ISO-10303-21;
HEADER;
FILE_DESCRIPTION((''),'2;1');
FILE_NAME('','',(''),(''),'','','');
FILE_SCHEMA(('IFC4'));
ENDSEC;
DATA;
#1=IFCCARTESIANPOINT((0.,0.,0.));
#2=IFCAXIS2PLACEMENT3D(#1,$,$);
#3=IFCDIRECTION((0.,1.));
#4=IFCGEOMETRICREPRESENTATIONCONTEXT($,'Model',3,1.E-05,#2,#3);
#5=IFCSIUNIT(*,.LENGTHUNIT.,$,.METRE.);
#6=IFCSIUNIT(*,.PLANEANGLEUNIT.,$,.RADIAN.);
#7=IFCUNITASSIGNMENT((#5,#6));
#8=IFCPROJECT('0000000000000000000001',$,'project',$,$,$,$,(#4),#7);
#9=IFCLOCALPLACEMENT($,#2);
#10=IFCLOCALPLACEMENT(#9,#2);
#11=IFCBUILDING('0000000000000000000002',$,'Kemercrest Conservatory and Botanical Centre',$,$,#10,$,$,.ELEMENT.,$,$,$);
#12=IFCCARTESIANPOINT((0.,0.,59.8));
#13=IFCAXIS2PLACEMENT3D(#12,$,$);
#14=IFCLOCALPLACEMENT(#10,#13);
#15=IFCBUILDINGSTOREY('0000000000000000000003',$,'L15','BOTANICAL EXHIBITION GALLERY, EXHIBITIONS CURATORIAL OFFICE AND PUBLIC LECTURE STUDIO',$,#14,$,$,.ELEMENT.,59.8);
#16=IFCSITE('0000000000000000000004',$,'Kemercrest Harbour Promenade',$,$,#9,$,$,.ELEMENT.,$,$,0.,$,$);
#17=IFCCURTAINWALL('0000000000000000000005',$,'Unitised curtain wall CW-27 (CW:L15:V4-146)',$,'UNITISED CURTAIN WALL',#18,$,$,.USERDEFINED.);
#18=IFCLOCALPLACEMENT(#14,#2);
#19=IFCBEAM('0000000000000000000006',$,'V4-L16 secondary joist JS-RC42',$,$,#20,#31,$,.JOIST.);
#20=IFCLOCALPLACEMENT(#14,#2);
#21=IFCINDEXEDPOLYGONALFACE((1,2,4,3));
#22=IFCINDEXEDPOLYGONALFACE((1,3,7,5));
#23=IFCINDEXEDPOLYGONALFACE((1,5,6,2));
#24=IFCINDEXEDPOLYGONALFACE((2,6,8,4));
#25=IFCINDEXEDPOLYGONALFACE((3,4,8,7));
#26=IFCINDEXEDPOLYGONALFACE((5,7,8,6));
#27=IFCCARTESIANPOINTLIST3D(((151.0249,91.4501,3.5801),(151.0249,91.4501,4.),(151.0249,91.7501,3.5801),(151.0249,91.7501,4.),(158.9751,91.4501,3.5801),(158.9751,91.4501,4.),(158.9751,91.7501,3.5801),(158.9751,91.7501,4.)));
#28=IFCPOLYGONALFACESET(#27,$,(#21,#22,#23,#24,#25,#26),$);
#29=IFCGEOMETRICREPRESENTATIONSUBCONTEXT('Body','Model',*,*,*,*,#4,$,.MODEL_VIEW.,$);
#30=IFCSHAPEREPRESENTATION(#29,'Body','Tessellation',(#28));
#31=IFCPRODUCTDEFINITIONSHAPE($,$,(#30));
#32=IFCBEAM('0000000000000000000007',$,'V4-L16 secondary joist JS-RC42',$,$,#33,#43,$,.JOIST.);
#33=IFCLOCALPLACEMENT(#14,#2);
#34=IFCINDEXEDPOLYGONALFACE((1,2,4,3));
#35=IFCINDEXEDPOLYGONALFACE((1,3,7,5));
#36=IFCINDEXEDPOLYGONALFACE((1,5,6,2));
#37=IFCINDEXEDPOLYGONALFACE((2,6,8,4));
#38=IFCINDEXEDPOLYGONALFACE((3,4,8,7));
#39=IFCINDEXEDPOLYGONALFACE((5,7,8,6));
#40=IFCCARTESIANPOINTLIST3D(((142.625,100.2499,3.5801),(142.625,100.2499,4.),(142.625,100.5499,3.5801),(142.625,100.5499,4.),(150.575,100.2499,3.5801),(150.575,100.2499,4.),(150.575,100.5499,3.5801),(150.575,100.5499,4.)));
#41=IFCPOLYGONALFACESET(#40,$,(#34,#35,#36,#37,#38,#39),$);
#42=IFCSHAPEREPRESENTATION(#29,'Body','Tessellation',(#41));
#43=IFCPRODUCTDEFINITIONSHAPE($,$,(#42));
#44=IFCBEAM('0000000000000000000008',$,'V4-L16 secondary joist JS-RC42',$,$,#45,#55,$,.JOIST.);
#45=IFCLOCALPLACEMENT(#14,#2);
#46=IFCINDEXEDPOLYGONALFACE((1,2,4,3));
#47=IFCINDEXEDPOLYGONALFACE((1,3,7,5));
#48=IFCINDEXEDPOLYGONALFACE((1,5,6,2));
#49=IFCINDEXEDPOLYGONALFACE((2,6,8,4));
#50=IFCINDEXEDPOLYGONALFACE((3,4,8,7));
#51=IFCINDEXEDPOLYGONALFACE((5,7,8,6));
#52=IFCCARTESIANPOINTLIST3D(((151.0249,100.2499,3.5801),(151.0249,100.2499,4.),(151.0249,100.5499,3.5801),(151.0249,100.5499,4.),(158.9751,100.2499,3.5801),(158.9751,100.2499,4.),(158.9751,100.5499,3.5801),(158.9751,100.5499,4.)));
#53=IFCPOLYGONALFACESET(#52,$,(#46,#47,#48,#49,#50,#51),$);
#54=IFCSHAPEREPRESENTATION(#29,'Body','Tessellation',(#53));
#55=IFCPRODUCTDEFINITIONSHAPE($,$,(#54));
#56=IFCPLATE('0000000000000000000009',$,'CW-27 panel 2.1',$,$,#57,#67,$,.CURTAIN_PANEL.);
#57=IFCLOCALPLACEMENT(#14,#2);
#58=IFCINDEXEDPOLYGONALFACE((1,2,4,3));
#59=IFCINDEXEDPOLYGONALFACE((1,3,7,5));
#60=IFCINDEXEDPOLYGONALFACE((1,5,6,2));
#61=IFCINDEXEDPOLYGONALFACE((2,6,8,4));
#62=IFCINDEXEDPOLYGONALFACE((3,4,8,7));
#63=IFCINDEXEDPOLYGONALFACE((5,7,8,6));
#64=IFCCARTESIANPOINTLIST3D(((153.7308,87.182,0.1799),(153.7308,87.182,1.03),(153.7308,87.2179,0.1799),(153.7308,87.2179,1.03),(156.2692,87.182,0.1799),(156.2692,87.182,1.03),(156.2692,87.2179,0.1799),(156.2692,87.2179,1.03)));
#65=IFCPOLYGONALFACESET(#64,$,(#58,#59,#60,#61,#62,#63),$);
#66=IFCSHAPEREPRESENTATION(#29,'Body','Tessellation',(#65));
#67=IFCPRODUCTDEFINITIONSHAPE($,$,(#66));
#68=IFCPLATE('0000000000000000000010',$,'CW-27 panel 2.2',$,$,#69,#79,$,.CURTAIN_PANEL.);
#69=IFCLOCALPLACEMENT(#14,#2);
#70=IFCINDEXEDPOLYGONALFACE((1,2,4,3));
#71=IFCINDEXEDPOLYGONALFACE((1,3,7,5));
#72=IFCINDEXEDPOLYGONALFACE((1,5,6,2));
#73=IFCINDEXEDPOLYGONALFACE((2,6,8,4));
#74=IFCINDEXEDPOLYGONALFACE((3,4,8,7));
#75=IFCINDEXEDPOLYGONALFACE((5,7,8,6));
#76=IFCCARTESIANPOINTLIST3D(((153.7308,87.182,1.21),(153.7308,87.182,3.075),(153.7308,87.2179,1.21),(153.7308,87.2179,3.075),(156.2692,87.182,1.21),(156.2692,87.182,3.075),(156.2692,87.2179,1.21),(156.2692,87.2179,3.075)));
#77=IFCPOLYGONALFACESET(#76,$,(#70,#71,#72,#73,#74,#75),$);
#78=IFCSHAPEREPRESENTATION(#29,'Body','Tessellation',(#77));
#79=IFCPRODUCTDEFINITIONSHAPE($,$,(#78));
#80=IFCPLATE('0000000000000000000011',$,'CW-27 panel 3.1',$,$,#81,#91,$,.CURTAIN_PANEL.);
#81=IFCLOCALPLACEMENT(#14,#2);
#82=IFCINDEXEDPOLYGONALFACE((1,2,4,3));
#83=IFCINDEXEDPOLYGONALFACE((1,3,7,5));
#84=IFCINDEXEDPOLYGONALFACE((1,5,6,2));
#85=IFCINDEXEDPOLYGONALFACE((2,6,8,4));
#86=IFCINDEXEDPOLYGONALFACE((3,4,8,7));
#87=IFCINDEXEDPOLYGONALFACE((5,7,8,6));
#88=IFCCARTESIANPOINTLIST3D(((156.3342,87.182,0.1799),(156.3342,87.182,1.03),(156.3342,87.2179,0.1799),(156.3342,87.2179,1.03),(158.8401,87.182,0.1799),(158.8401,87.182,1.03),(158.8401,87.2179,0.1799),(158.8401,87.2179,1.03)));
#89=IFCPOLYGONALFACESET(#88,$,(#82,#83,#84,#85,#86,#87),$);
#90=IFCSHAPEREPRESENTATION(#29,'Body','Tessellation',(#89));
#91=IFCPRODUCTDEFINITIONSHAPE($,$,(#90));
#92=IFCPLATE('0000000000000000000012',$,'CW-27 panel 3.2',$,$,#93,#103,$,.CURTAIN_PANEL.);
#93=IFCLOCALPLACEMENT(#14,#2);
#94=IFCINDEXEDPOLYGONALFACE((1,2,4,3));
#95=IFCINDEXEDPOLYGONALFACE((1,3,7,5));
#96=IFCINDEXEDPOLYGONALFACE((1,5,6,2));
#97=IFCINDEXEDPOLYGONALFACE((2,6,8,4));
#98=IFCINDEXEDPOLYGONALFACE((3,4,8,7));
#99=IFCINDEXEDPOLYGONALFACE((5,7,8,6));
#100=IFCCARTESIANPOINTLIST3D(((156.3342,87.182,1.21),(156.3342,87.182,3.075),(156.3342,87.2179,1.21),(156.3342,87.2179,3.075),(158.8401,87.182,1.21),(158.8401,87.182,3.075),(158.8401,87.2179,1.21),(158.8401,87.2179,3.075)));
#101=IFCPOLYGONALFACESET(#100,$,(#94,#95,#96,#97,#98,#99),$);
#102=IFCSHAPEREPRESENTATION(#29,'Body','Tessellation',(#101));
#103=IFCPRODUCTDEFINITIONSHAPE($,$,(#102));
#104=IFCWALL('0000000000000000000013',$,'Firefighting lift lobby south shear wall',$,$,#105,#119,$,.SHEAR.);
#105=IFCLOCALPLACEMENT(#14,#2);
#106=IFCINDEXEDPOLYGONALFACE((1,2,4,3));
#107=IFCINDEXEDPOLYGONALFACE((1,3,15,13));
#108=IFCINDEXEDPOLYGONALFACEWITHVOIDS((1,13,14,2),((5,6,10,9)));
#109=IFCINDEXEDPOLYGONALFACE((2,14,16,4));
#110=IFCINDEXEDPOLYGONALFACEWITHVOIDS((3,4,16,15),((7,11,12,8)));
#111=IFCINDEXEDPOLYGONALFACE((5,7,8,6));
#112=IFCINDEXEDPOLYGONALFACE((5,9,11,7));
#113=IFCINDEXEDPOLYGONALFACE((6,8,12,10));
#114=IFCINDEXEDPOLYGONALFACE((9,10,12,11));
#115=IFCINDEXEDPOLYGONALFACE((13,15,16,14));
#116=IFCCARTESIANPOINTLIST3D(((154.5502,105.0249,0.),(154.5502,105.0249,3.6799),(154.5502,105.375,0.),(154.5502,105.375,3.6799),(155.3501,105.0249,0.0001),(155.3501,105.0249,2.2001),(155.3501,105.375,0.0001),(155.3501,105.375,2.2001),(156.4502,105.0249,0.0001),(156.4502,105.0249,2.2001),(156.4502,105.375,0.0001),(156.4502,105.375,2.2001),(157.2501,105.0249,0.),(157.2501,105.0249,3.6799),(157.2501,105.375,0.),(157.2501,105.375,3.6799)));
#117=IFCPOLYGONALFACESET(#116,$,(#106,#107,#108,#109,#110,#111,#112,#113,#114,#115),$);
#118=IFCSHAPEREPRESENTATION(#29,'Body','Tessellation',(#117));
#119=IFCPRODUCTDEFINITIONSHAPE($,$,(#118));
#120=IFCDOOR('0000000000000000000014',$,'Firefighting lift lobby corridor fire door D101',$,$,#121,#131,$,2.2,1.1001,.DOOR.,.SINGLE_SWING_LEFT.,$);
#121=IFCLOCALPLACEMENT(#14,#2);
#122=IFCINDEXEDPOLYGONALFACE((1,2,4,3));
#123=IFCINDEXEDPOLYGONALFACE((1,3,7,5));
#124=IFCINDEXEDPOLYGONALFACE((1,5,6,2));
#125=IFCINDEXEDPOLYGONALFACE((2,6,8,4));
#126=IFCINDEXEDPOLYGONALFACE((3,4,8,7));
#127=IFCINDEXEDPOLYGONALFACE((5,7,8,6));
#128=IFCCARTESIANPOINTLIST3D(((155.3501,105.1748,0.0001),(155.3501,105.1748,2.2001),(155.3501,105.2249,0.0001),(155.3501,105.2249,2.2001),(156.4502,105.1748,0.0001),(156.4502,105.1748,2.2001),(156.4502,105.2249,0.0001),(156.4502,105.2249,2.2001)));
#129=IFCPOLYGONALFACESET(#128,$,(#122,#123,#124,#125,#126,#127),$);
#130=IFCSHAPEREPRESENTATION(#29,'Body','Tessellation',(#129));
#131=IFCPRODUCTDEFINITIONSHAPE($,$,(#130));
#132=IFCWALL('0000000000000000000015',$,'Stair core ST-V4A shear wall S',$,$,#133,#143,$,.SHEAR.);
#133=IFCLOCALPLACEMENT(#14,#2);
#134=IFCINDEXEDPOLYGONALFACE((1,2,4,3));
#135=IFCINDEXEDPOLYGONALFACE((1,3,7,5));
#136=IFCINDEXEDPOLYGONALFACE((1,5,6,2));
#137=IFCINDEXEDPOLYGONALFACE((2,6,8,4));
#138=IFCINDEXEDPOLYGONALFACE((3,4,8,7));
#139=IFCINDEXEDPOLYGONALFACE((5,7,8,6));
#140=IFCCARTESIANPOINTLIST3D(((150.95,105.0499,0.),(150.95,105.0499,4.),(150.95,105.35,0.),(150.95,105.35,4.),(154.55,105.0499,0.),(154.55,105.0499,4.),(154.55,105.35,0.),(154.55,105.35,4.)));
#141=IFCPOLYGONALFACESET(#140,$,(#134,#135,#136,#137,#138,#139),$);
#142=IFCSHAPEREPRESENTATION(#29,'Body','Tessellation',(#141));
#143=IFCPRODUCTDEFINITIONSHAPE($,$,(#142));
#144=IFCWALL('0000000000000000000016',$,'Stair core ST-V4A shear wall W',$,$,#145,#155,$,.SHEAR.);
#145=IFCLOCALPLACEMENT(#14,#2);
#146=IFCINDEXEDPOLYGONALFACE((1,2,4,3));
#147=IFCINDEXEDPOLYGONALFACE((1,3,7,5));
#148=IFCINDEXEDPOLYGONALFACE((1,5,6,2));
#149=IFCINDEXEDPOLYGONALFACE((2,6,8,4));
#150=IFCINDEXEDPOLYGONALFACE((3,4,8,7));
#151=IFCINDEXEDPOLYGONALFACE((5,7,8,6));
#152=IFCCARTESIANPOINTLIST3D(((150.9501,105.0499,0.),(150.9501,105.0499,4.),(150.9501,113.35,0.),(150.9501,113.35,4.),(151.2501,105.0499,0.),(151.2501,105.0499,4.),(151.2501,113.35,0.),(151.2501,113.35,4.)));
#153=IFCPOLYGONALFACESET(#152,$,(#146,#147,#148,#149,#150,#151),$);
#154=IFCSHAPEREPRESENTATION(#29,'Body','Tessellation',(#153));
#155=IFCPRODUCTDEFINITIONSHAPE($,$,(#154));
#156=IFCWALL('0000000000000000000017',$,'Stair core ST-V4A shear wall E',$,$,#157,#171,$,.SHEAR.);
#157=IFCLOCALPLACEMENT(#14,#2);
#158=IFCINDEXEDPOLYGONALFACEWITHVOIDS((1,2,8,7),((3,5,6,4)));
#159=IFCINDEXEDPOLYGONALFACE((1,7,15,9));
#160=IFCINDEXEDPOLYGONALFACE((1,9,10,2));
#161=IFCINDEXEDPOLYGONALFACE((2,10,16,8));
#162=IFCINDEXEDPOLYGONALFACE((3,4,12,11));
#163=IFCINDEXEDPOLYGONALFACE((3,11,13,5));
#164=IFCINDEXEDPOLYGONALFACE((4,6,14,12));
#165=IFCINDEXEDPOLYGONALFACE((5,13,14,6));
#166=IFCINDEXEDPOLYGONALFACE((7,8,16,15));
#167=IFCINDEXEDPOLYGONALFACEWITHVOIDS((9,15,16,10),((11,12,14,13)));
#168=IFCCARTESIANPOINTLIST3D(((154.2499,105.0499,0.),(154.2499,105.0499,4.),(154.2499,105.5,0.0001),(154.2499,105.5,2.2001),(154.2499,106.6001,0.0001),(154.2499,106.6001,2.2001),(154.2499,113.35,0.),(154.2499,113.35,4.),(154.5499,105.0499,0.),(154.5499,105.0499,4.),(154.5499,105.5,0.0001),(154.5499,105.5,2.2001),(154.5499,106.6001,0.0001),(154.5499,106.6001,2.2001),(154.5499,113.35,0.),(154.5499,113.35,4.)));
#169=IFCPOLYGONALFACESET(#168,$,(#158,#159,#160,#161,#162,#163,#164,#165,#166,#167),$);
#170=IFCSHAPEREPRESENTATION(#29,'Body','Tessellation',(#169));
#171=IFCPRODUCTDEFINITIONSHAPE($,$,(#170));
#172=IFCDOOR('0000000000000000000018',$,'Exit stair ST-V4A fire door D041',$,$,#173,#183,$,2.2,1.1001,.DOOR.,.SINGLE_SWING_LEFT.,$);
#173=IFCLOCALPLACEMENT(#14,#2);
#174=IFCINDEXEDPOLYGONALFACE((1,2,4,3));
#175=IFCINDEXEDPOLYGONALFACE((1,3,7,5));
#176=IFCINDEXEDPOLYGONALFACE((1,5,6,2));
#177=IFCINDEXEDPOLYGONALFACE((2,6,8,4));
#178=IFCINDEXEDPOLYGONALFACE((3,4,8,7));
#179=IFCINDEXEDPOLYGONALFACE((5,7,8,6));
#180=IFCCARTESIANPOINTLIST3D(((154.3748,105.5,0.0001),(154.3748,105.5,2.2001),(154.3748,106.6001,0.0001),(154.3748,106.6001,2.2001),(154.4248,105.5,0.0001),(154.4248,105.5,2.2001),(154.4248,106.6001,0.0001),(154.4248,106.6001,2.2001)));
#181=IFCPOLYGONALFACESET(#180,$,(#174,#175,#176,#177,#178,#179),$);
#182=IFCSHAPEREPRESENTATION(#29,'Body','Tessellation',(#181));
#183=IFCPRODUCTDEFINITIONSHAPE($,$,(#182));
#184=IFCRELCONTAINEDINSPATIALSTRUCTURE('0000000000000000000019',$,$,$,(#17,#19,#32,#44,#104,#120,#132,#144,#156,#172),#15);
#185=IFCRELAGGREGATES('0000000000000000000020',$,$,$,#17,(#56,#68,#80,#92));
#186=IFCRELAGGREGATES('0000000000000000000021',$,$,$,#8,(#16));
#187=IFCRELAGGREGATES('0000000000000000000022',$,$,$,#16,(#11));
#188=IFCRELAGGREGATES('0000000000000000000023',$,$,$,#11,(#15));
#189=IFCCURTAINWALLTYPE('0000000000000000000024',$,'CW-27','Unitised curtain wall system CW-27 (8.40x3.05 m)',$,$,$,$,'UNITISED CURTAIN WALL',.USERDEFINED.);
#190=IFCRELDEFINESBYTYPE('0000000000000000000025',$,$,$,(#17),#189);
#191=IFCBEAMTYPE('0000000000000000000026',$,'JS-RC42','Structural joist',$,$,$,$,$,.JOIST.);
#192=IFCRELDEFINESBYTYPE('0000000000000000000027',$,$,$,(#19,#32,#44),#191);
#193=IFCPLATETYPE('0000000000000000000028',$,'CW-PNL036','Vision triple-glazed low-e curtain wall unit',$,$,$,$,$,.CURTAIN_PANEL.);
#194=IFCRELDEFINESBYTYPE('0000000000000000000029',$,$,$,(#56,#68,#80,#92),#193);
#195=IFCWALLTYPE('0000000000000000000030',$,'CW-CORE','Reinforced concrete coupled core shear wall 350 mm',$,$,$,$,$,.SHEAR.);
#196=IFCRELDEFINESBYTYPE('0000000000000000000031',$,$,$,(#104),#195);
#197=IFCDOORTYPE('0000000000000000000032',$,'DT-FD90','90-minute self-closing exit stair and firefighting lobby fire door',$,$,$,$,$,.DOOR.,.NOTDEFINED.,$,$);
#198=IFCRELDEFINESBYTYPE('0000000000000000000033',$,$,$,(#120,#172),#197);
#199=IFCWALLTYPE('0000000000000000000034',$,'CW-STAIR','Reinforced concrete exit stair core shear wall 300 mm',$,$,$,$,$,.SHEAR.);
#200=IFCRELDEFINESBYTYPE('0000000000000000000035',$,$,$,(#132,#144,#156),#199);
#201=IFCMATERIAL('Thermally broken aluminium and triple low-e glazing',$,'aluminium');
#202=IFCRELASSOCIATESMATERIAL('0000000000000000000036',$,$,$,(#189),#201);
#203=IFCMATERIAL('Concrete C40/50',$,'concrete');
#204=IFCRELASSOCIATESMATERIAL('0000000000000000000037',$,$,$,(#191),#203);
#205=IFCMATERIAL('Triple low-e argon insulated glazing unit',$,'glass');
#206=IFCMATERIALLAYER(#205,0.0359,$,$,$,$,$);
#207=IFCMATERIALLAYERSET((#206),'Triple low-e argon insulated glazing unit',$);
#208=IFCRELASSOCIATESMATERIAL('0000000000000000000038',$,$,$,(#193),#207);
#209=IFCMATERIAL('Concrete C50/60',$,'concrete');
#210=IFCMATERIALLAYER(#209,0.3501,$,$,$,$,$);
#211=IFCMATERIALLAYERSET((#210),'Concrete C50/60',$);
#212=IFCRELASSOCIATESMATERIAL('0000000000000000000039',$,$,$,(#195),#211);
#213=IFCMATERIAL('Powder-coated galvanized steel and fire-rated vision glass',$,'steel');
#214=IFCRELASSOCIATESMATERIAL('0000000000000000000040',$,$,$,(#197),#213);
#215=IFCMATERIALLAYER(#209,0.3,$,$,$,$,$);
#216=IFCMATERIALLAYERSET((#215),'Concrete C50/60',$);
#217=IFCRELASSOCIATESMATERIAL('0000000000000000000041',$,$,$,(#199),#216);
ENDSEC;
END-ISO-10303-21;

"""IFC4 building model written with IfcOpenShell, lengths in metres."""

from ifc_helpers import new_model, si_unit, direction, frame, frame_2d, origin, origin_2d, place, context, subcontext, project, spatial, rectangle, extrude, material, layer, layer_set, material_profile, profile_set, type_object, element, fill, aggregate, save


model = new_model("IFC4")

# Units and contexts
model_context = context("Model", 3, precision=1e-05, world=origin(), true_north=direction((0.0, 1.0)))
body_context = subcontext(model_context, "Body", "Model", "MODEL_VIEW")
ifc_project = project(units=[si_unit("LENGTHUNIT", "METRE"), si_unit("PLANEANGLEUNIT", "RADIAN")], contexts=[model_context])

# Site, building, storey
site_placement = place(None, origin())
site = spatial("IfcSite", under=ifc_project, at=site_placement, Name="Kemercrest Harbour Promenade", CompositionType="ELEMENT", RefElevation=0.0)
building_placement = place(site_placement, origin())
building = spatial("IfcBuilding", under=site, at=building_placement, Name="Kemercrest Conservatory and Botanical Centre", CompositionType="ELEMENT")
storey_placement = place(building_placement, frame((0.0, 0.0, 59.8)))
storey = spatial("IfcBuildingStorey", under=building, at=storey_placement, Name="L15", Description="BOTANICAL EXHIBITION GALLERY, EXHIBITIONS CURATORIAL OFFICE AND PUBLIC LECTURE STUDIO", CompositionType="ELEMENT", Elevation=59.8)

# Shared definitions
ifc_material_1 = material(Name="Concrete C40/50", Category="concrete")

# Curtain wall
ifc_material_2 = material(Name="Thermally broken aluminium and triple low-e glazing", Category="aluminium")
curtain_wall_type = type_object("IfcCurtainWallType", Name="CW-27", Description="Unitised curtain wall system CW-27 (8.40x3.05 m)", ElementType="UNITISED CURTAIN WALL", PredefinedType="USERDEFINED", material=ifc_material_2)
curtain_wall_placement = place(storey_placement, origin())
curtain_wall = element("IfcCurtainWall", 1, at=curtain_wall_placement, inside=storey, type_object=curtain_wall_type, Name="Unitised curtain wall CW-27 (CW:L15:V4-146)", ObjectType="UNITISED CURTAIN WALL", PredefinedType="USERDEFINED")

# Beams
ifc_material_profile_1 = material_profile(ifc_material_1, rectangle(XDim=0.3, YDim=0.4199, at=origin_2d()), Name="RC 300x420")
ifc_profile_set_1 = profile_set([ifc_material_profile_1], Name="Concrete C40/50")
beam_type_1 = type_object("IfcBeamType", Name="JS-RC42", Description="Structural joist", PredefinedType="JOIST", material=ifc_profile_set_1)
beam_1_placement = place(storey_placement, frame((151.0249, 91.6001, 3.79), z_axis=(1.0, 0.0, 0.0), x_axis=(0.0, 1.0, 0.0)))
element("IfcBeam", 2, at=beam_1_placement, inside=storey, type_object=beam_type_1, Name="V4-L16 secondary joist JS-RC42", PredefinedType="JOIST", context=body_context, shape_type="SweptSolid", body=[
    extrude(rectangle(XDim=0.3, YDim=0.4199, at=origin_2d()), origin(), (0.0, 0.0, 1.0), 7.9502),
])
beam_2_placement = place(storey_placement, frame((142.625, 100.3999, 3.79), z_axis=(1.0, 0.0, 0.0), x_axis=(0.0, 1.0, 0.0)))
element("IfcBeam", 3, at=beam_2_placement, inside=storey, type_object=beam_type_1, Name="V4-L16 secondary joist JS-RC42", PredefinedType="JOIST", context=body_context, shape_type="SweptSolid", body=[
    extrude(rectangle(XDim=0.3, YDim=0.4199, at=origin_2d()), origin(), (0.0, 0.0, 1.0), 7.95),
])
beam_3_placement = place(storey_placement, frame((151.0249, 100.3999, 3.79), z_axis=(1.0, 0.0, 0.0), x_axis=(0.0, 1.0, 0.0)))
element("IfcBeam", 4, at=beam_3_placement, inside=storey, type_object=beam_type_1, Name="V4-L16 secondary joist JS-RC42", PredefinedType="JOIST", context=body_context, shape_type="SweptSolid", body=[
    extrude(rectangle(XDim=0.3, YDim=0.4199, at=origin_2d()), origin(), (0.0, 0.0, 1.0), 7.9502),
])

# Plates
ifc_material_3 = material(Name="Triple low-e argon insulated glazing unit", Category="glass")
ifc_layer_1 = layer(ifc_material_3, 0.0359)
ifc_layer_set_1 = layer_set([ifc_layer_1], Name="Triple low-e argon insulated glazing unit")
plate_type = type_object("IfcPlateType", Name="CW-PNL036", Description="Vision triple-glazed low-e curtain wall unit", PredefinedType="CURTAIN_PANEL", material=ifc_layer_set_1)
plate_1_placement = place(storey_placement, frame((155.0, 87.2, 0.1799), z_axis=(0.0, 0.0, 1.0), x_axis=(1.0, 0.0, 0.0)))
plate_1 = element("IfcPlate", 5, at=plate_1_placement, type_object=plate_type, Name="CW-27 panel 2.1", PredefinedType="CURTAIN_PANEL", context=body_context, shape_type="SweptSolid", body=[
    extrude(rectangle(XDim=2.5383, YDim=0.0359, at=origin_2d()), origin(), (0.0, 0.0, 1.0), 0.8501),
])
plate_2_placement = place(storey_placement, frame((155.0, 87.2, 1.21), z_axis=(0.0, 0.0, 1.0), x_axis=(1.0, 0.0, 0.0)))
plate_2 = element("IfcPlate", 6, at=plate_2_placement, type_object=plate_type, Name="CW-27 panel 2.2", PredefinedType="CURTAIN_PANEL", context=body_context, shape_type="SweptSolid", body=[
    extrude(rectangle(XDim=2.5383, YDim=0.0359, at=origin_2d()), origin(), (0.0, 0.0, 1.0), 1.865),
])
plate_3_placement = place(storey_placement, frame((157.5872, 87.2, 0.1799), z_axis=(0.0, 0.0, 1.0), x_axis=(1.0, 0.0, 0.0)))
plate_3 = element("IfcPlate", 7, at=plate_3_placement, type_object=plate_type, Name="CW-27 panel 3.1", PredefinedType="CURTAIN_PANEL", context=body_context, shape_type="SweptSolid", body=[
    extrude(rectangle(XDim=2.5059, YDim=0.0359, at=origin_2d()), origin(), (0.0, 0.0, 1.0), 0.8501),
])
plate_4_placement = place(storey_placement, frame((157.5872, 87.2, 1.21), z_axis=(0.0, 0.0, 1.0), x_axis=(1.0, 0.0, 0.0)))
plate_4 = element("IfcPlate", 8, at=plate_4_placement, type_object=plate_type, Name="CW-27 panel 3.2", PredefinedType="CURTAIN_PANEL", context=body_context, shape_type="SweptSolid", body=[
    extrude(rectangle(XDim=2.5059, YDim=0.0359, at=origin_2d()), origin(), (0.0, 0.0, 1.0), 1.865),
])
aggregate(curtain_wall, [plate_1, plate_2, plate_3, plate_4])

# Wall, opening, door
ifc_material_4 = material(Name="Concrete C50/60", Category="concrete")
ifc_layer_2 = layer(ifc_material_4, 0.3501)
ifc_layer_set_2 = layer_set([ifc_layer_2], Name="Concrete C50/60")
wall_type_1 = type_object("IfcWallType", Name="CW-CORE", Description="Reinforced concrete coupled core shear wall 350 mm", PredefinedType="SHEAR", material=ifc_layer_set_2)
wall_1_placement = place(storey_placement, frame((154.55, 105.2, 0.0), z_axis=(0.0, 0.0, 1.0), x_axis=(1.0, 0.0, 0.0)))
wall_1 = element("IfcWall", 9, at=wall_1_placement, inside=storey, type_object=wall_type_1, Name="Firefighting lift lobby south shear wall", PredefinedType="SHEAR", context=body_context, shape_type="SweptSolid", body=[
    extrude(rectangle(XDim=2.7, YDim=0.3501, at=frame_2d((1.3501, 0.0))), origin(), (0.0, 0.0, 1.0), 3.6799),
])
opening_1_placement = place(wall_1_placement, frame((0.8, 0.0, 0.0)))
opening_1 = element("IfcOpeningElement", 10, at=opening_1_placement, cuts=wall_1, PredefinedType="OPENING", context=body_context, shape_type="SweptSolid", body=[
    extrude(rectangle(XDim=1.1001, YDim=2.2, at=frame_2d((0.55, 1.1001))), frame((0.0, 0.1851, 0.0), z_axis=(0.0, -1.0, 0.0), x_axis=(1.0, 0.0, 0.0)), (0.0, 0.0, 1.0), 0.3701),
])
ifc_material_5 = material(Name="Powder-coated galvanized steel and fire-rated vision glass", Category="steel")
door_type_1 = type_object("IfcDoorType", Name="DT-FD90", Description="90-minute self-closing exit stair and firefighting lobby fire door", OperationType="NOTDEFINED", PredefinedType="DOOR", material=ifc_material_5)
door_1_placement = place(opening_1_placement, origin())
door_1 = element("IfcDoor", 11, at=door_1_placement, inside=storey, type_object=door_type_1, Name="Firefighting lift lobby corridor fire door D101", OperationType="SINGLE_SWING_LEFT", OverallHeight=2.2, OverallWidth=1.1001, PredefinedType="DOOR", context=body_context, shape_type="SweptSolid", body=[
    extrude(rectangle(XDim=1.1001, YDim=2.2, at=frame_2d((0.55, 1.1001))), frame((0.0, 0.0249, 0.0), z_axis=(0.0, -1.0, 0.0), x_axis=(1.0, 0.0, 0.0)), (0.0, 0.0, 1.0), 0.05),
])
fill(opening_1, door_1)

# Walls
ifc_layer_3 = layer(ifc_material_4, 0.3)
ifc_layer_set_3 = layer_set([ifc_layer_3], Name="Concrete C50/60")
wall_type_2 = type_object("IfcWallType", Name="CW-STAIR", Description="Reinforced concrete exit stair core shear wall 300 mm", PredefinedType="SHEAR", material=ifc_layer_set_3)
wall_2_placement = place(storey_placement, frame((150.95, 105.2, 0.0), z_axis=(0.0, 0.0, 1.0), x_axis=(1.0, 0.0, 0.0)))
element("IfcWall", 12, at=wall_2_placement, inside=storey, type_object=wall_type_2, Name="Stair core ST-V4A shear wall S", PredefinedType="SHEAR", context=body_context, shape_type="SweptSolid", body=[
    extrude(rectangle(XDim=3.6001, YDim=0.3, at=frame_2d((1.8, 0.0))), origin(), (0.0, 0.0, 1.0), 4.0),
])
wall_3_placement = place(storey_placement, frame((151.1001, 105.05, 0.0), z_axis=(0.0, 0.0, 1.0), x_axis=(0.0, 1.0, 0.0)))
element("IfcWall", 13, at=wall_3_placement, inside=storey, type_object=wall_type_2, Name="Stair core ST-V4A shear wall W", PredefinedType="SHEAR", context=body_context, shape_type="SweptSolid", body=[
    extrude(rectangle(XDim=8.3, YDim=0.3, at=frame_2d((4.1499, 0.0))), origin(), (0.0, 0.0, 1.0), 4.0),
])

# Wall, opening, door
wall_4_placement = place(storey_placement, frame((154.3999, 105.05, 0.0), z_axis=(0.0, 0.0, 1.0), x_axis=(0.0, 1.0, 0.0)))
wall_4 = element("IfcWall", 14, at=wall_4_placement, inside=storey, type_object=wall_type_2, Name="Stair core ST-V4A shear wall E", PredefinedType="SHEAR", context=body_context, shape_type="SweptSolid", body=[
    extrude(rectangle(XDim=8.3, YDim=0.3, at=frame_2d((4.1499, 0.0))), origin(), (0.0, 0.0, 1.0), 4.0),
])
opening_2_placement = place(wall_4_placement, frame((0.45, 0.0, 0.0)))
opening_2 = element("IfcOpeningElement", 15, at=opening_2_placement, cuts=wall_4, PredefinedType="OPENING", context=body_context, shape_type="SweptSolid", body=[
    extrude(rectangle(XDim=1.1001, YDim=2.2, at=frame_2d((0.55, 1.1001))), frame((0.0, 0.1602, 0.0), z_axis=(0.0, -1.0, 0.0), x_axis=(1.0, 0.0, 0.0)), (0.0, 0.0, 1.0), 0.3201),
])
door_2_placement = place(opening_2_placement, frame((1.1001, 0.0, 0.0), z_axis=(0.0, 0.0, 1.0), x_axis=(-1.0, 0.0, 0.0)))
door_2 = element("IfcDoor", 16, at=door_2_placement, inside=storey, type_object=door_type_1, Name="Exit stair ST-V4A fire door D041", OperationType="SINGLE_SWING_LEFT", OverallHeight=2.2, OverallWidth=1.1001, PredefinedType="DOOR", context=body_context, shape_type="SweptSolid", body=[
    extrude(rectangle(XDim=1.1001, YDim=2.2, at=frame_2d((0.55, 1.1001))), frame((0.0, 0.0249, 0.0), z_axis=(0.0, -1.0, 0.0), x_axis=(1.0, 0.0, 0.0)), (0.0, 0.0, 1.0), 0.05),
])
fill(opening_2, door_2)

save(model, "model.ifc")
